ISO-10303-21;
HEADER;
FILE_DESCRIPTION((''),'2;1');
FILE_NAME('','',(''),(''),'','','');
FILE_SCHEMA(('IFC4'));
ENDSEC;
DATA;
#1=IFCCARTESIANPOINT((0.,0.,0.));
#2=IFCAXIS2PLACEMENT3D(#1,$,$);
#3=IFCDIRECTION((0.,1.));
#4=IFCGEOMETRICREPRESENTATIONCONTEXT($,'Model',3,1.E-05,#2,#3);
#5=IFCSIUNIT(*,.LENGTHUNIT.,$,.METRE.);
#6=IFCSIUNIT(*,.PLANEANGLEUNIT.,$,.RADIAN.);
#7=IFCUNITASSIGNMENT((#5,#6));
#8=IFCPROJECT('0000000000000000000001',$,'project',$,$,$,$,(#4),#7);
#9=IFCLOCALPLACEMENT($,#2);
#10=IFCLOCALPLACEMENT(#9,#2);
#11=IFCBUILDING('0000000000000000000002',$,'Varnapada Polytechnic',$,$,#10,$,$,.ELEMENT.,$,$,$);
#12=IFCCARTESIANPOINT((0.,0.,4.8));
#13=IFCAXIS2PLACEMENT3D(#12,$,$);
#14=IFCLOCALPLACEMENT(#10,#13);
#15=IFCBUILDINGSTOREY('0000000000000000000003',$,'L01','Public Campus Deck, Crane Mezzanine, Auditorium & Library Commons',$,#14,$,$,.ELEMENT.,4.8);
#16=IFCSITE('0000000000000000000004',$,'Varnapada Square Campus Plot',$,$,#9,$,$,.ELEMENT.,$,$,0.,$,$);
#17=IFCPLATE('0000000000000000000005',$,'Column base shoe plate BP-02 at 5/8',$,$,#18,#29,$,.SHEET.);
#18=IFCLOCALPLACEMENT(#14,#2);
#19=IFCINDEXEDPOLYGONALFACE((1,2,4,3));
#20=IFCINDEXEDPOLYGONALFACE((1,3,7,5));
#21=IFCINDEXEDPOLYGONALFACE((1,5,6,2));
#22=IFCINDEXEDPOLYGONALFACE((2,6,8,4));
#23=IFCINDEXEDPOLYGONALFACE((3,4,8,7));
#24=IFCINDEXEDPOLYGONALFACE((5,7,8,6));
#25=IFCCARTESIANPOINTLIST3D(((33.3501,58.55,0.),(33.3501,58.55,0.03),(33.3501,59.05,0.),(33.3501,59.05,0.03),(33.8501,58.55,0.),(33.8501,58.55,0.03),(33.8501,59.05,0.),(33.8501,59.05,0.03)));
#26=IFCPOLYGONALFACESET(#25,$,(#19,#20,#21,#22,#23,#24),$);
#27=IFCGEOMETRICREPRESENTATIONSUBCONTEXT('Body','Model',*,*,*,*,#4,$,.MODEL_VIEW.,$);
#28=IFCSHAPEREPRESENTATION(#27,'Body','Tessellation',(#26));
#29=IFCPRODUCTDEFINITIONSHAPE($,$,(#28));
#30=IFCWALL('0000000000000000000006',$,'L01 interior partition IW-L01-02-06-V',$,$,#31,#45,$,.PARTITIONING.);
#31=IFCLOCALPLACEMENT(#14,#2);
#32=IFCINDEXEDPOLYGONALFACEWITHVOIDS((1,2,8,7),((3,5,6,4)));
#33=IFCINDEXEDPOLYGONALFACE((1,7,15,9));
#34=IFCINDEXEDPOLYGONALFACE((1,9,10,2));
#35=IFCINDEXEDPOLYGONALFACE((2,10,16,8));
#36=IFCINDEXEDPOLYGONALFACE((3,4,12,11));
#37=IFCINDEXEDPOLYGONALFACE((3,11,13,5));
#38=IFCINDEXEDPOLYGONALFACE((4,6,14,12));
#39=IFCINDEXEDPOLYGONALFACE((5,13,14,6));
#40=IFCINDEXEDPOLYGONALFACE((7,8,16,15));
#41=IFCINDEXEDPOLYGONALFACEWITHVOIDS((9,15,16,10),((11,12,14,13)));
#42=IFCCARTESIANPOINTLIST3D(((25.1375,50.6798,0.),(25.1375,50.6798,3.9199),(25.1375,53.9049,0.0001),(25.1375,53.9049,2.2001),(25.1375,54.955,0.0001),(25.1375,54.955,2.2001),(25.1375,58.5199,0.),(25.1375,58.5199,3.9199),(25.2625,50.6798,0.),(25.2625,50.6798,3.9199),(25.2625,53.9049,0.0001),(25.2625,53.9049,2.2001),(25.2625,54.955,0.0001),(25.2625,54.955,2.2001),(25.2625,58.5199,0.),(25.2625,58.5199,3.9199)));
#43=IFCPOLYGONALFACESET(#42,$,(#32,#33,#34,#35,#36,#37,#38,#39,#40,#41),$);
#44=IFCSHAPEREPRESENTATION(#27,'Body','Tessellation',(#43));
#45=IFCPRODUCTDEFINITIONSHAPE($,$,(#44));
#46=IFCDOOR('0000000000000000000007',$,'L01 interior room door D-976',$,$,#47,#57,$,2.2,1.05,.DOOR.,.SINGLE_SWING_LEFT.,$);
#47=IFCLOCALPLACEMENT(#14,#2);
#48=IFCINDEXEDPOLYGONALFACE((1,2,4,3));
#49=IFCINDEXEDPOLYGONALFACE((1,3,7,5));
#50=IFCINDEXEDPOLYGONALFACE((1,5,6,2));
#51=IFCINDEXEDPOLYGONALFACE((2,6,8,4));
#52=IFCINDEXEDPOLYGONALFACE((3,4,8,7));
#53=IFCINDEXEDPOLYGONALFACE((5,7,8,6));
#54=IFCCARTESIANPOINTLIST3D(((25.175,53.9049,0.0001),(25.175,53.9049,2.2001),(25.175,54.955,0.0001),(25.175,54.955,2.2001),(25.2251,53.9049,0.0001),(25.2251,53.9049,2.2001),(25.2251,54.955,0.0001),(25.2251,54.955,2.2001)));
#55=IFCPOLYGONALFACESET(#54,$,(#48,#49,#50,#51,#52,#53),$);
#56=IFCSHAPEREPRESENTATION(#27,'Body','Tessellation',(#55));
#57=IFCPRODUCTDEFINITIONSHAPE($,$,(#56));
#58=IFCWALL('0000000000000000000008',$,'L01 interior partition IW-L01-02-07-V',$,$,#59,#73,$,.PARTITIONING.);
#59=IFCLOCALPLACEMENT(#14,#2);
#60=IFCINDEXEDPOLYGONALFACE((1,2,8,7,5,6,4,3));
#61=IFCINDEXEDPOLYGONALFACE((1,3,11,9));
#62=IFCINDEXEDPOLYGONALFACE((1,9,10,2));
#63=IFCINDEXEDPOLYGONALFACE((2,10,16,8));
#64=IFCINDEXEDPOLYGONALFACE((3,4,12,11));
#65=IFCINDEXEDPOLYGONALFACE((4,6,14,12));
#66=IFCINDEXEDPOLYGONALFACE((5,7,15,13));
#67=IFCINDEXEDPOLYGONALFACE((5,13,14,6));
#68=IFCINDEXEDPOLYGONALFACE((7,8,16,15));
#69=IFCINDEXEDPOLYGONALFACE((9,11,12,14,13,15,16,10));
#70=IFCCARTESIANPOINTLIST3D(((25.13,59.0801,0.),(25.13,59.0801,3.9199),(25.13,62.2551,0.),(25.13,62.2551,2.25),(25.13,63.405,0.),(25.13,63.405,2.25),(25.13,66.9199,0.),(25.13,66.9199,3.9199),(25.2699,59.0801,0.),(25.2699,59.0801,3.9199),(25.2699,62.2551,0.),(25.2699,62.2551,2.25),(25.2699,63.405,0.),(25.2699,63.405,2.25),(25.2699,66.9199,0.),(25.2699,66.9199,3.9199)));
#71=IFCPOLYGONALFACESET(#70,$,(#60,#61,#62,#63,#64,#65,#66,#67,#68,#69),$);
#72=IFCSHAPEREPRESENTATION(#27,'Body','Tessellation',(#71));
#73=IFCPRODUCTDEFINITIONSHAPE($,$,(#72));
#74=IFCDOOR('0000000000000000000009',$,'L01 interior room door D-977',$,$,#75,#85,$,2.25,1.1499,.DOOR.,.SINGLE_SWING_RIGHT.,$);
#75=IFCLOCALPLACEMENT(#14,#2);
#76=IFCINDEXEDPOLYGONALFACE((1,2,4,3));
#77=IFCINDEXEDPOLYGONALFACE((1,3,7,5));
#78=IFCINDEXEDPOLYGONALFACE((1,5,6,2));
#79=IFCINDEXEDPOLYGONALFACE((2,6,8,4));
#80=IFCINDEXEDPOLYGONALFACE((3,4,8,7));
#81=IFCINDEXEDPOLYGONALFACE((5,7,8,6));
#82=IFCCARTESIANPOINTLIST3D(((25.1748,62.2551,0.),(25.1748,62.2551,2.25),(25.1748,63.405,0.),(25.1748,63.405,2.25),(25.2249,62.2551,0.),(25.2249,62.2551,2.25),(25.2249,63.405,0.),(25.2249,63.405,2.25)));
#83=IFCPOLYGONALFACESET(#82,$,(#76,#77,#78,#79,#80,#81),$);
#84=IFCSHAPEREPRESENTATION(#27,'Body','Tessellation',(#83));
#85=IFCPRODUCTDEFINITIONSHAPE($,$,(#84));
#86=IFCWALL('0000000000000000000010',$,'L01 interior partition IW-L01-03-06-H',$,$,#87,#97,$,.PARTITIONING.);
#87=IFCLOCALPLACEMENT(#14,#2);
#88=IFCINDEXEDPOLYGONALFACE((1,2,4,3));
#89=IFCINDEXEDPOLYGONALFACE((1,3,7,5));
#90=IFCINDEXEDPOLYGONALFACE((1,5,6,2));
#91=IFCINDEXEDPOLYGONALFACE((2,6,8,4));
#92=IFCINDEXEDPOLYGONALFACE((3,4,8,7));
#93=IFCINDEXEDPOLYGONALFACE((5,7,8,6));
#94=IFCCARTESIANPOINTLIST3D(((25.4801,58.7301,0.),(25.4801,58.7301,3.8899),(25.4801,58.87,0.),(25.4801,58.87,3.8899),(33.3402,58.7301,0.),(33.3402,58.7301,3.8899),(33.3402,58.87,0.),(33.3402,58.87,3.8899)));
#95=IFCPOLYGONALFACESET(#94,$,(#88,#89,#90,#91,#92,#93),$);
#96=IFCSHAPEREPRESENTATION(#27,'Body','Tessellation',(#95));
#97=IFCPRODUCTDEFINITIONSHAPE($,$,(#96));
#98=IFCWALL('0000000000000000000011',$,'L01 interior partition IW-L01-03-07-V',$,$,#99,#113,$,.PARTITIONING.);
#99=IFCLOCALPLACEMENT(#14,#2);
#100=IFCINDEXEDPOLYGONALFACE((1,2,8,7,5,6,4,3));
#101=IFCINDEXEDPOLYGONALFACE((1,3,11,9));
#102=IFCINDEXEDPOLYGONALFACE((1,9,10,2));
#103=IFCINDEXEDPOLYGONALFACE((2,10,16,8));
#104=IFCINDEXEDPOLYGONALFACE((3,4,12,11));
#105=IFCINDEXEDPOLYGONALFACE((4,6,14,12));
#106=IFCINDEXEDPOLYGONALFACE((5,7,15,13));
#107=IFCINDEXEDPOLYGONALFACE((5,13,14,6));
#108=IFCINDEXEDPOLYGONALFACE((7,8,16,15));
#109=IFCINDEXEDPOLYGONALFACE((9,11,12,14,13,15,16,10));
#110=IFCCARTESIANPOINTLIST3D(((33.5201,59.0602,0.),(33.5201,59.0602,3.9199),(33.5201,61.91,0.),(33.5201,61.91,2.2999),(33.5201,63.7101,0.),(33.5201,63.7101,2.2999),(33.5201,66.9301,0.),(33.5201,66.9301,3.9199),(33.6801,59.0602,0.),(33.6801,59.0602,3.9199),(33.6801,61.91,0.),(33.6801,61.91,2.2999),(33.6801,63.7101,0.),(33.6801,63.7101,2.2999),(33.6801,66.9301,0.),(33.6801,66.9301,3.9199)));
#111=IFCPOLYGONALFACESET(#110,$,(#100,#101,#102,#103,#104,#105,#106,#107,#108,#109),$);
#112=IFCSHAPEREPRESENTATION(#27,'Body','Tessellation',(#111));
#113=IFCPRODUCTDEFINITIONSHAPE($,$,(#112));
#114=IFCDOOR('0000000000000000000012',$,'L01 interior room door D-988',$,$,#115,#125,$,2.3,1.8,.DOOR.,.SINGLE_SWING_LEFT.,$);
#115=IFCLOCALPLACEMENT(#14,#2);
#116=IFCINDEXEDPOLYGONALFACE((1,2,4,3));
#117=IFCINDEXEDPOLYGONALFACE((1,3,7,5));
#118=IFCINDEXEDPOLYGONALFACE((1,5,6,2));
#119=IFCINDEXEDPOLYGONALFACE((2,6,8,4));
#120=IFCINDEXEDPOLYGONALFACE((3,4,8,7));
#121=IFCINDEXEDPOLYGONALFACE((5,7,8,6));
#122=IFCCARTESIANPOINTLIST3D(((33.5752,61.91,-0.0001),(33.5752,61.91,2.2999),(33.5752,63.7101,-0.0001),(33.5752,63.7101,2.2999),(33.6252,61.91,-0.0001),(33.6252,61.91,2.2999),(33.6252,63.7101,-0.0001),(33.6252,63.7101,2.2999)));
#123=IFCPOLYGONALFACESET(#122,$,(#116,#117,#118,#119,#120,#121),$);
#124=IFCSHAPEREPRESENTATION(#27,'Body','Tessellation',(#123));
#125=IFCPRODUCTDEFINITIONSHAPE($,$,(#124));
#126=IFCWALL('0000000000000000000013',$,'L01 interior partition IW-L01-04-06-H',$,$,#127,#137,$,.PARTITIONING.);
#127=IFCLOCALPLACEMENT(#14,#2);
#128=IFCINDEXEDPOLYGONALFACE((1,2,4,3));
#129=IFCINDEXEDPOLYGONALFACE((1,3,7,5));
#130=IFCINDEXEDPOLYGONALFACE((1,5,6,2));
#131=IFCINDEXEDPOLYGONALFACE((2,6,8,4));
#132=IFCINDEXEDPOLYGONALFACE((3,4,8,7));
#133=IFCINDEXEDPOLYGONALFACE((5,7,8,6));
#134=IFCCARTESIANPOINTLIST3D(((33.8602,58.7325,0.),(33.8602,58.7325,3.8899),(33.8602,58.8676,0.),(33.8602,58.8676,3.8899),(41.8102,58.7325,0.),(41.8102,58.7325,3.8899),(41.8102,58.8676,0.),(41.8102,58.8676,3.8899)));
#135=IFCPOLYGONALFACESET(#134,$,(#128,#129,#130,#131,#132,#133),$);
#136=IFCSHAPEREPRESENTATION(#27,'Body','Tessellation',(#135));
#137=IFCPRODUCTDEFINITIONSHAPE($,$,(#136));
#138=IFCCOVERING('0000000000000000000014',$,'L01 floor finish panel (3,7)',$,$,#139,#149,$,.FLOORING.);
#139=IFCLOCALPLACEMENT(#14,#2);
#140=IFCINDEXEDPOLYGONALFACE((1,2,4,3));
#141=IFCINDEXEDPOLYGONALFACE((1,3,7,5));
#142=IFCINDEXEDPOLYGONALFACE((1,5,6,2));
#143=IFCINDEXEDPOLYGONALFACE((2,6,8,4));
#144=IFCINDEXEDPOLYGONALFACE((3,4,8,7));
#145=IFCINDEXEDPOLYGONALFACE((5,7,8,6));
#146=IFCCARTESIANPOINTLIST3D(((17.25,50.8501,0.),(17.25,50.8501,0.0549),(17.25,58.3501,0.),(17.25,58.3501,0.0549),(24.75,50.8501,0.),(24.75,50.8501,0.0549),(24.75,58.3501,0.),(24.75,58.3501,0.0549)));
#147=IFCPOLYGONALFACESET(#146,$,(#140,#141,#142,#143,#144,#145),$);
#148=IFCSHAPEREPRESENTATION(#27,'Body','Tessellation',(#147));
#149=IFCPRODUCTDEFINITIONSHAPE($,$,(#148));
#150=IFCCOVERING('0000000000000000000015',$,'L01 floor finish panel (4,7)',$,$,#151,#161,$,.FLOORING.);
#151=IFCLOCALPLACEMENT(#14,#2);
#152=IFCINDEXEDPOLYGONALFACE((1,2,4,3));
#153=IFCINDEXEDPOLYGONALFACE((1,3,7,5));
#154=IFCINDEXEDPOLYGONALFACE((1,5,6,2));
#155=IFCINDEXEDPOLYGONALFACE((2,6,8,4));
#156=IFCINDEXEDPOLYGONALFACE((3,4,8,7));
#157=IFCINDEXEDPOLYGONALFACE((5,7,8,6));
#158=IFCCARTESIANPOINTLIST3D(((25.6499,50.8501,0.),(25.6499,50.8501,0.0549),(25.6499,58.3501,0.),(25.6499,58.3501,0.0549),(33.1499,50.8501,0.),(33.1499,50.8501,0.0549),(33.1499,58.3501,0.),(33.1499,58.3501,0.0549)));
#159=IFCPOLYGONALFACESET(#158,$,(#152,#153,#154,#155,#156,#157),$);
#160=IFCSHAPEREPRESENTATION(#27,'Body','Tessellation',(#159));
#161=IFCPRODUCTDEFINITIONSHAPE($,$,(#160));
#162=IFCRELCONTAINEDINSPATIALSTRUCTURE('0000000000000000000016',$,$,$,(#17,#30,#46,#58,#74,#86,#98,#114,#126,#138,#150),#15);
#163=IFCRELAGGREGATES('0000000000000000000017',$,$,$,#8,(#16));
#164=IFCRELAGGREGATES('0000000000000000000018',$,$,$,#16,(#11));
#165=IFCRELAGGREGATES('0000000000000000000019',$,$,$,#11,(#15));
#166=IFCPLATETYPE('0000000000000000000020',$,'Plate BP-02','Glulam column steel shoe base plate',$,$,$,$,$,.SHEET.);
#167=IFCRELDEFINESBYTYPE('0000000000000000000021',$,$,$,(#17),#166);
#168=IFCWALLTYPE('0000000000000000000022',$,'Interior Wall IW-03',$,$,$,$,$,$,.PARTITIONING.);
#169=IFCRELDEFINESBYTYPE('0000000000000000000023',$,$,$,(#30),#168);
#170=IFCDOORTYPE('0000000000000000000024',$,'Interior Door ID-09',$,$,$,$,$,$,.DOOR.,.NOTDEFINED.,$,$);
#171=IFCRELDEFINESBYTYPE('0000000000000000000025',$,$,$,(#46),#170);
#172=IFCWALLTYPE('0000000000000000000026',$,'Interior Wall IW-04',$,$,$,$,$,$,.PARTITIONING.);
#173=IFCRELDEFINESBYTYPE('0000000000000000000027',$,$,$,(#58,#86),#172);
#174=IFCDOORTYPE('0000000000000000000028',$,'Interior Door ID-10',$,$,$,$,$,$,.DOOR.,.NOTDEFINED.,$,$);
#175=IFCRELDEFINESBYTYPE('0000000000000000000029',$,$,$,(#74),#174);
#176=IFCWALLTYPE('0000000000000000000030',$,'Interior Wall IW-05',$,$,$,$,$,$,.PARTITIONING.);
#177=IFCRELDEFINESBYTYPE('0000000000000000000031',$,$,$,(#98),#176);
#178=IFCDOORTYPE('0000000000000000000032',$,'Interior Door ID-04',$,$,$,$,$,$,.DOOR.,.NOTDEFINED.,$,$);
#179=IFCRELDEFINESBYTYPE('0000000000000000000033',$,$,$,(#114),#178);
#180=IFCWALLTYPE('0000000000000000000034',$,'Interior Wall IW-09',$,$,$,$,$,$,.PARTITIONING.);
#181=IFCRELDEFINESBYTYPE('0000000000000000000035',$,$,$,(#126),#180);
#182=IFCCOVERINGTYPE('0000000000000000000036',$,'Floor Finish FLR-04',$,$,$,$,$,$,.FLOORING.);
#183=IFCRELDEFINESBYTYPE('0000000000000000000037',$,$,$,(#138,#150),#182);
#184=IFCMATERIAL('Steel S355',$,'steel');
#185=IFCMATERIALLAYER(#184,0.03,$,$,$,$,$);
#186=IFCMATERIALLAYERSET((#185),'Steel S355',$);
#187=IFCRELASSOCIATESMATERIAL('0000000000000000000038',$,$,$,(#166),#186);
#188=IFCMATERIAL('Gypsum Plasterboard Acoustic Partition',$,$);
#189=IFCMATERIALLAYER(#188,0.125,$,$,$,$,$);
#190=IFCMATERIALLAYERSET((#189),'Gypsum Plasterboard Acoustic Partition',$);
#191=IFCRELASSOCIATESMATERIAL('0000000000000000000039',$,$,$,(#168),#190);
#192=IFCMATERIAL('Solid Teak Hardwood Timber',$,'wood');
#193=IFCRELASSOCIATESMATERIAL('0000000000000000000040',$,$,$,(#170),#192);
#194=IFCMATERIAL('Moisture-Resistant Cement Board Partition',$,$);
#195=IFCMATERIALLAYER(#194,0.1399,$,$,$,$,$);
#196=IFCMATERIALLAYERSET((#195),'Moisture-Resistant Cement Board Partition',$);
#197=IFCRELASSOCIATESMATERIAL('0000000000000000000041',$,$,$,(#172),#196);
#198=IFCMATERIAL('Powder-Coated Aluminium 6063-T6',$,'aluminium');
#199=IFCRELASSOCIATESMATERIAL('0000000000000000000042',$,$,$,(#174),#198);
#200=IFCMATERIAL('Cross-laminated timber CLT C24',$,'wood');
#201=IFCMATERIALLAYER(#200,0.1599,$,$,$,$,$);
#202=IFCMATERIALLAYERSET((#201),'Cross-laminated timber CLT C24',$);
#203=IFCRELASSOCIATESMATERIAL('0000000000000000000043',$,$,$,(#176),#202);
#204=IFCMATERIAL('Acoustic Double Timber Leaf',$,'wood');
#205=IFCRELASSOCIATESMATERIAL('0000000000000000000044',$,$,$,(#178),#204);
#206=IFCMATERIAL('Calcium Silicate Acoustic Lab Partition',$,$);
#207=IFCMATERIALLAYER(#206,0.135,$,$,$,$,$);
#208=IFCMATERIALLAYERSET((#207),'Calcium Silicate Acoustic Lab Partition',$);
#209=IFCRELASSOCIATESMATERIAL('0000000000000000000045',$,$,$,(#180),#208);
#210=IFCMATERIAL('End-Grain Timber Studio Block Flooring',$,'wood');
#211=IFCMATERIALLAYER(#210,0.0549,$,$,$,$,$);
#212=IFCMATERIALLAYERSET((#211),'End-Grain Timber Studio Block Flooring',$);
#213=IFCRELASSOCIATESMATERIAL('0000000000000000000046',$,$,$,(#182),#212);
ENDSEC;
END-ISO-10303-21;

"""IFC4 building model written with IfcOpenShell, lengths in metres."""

from ifc_helpers import new_model, si_unit, direction, frame, frame_2d, origin, origin_2d, place, context, subcontext, project, spatial, rectangle, extrude, material, layer, layer_set, type_object, element, fill, save


model = new_model("IFC4")

# Units and contexts
model_context = context("Model", 3, precision=1e-05, world=origin(), true_north=direction((0.0, 1.0)))
body_context = subcontext(model_context, "Body", "Model", "MODEL_VIEW")
ifc_project = project(units=[si_unit("LENGTHUNIT", "METRE"), si_unit("PLANEANGLEUNIT", "RADIAN")], contexts=[model_context])

# Site, building, storey
site_placement = place(None, origin())
site = spatial("IfcSite", under=ifc_project, at=site_placement, Name="Varnapada Square Campus Plot", CompositionType="ELEMENT", RefElevation=0.0)
building_placement = place(site_placement, origin())
building = spatial("IfcBuilding", under=site, at=building_placement, Name="Varnapada Polytechnic", CompositionType="ELEMENT")
storey_placement = place(building_placement, frame((0.0, 0.0, 4.8)))
storey = spatial("IfcBuildingStorey", under=building, at=storey_placement, Name="L01", Description="Public Campus Deck, Crane Mezzanine, Auditorium & Library Commons", CompositionType="ELEMENT", Elevation=4.8)

# Plate
ifc_material_1 = material(Name="Steel S355", Category="steel")
ifc_layer_1 = layer(ifc_material_1, 0.03)
ifc_layer_set_1 = layer_set([ifc_layer_1], Name="Steel S355")
plate_type = type_object("IfcPlateType", Name="Plate BP-02", Description="Glulam column steel shoe base plate", PredefinedType="SHEET", material=ifc_layer_set_1)
for number, where, z_axis, x_axis, name in (
    (1, (33.6001, 58.8, 0.0), (0.0, 0.0, 1.0), (1.0, 0.0, 0.0), "Column base shoe plate BP-02 at 5/8"),
):
    element("IfcPlate", number, at=place(storey_placement, frame(where, z_axis=z_axis, x_axis=x_axis)), inside=storey, type_object=plate_type, Name=name, PredefinedType="SHEET", context=body_context, shape_type="SweptSolid", body=[
        extrude(rectangle(XDim=0.5, YDim=0.5, at=origin_2d()), origin(), (0.0, 0.0, 1.0), 0.03),
    ])

# Walls, openings, doors
ifc_material_2 = material(Name="Gypsum Plasterboard Acoustic Partition")
ifc_layer_2 = layer(ifc_material_2, 0.125)
ifc_layer_set_2 = layer_set([ifc_layer_2], Name="Gypsum Plasterboard Acoustic Partition")
wall_type_1 = type_object("IfcWallType", Name="Interior Wall IW-03", PredefinedType="PARTITIONING", material=ifc_layer_set_2)
wall_1_placement = place(storey_placement, frame((25.2, 50.6799, 0.0), z_axis=(0.0, 0.0, 1.0), x_axis=(0.0, 1.0, 0.0)))
wall_1 = element("IfcWall", 2, at=wall_1_placement, inside=storey, type_object=wall_type_1, Name="L01 interior partition IW-L01-02-06-V", PredefinedType="PARTITIONING", context=body_context, shape_type="SweptSolid", body=[
    extrude(rectangle(XDim=7.8401, YDim=0.125, at=frame_2d((3.9199, 0.0))), origin(), (0.0, 0.0, 1.0), 3.9199),
])
opening_1_placement = place(wall_1_placement, frame((3.2251, 0.0, 0.0)))
opening_1 = element("IfcOpeningElement", 3, at=opening_1_placement, cuts=wall_1, PredefinedType="OPENING", context=body_context, shape_type="SweptSolid", body=[
    extrude(rectangle(XDim=1.05, YDim=2.2, at=frame_2d((0.5249, 1.1001))), frame((0.0, 0.0725, 0.0), z_axis=(0.0, -1.0, 0.0), x_axis=(1.0, 0.0, 0.0)), (0.0, 0.0, 1.0), 0.145),
])
ifc_material_3 = material(Name="Solid Teak Hardwood Timber", Category="wood")
door_type_1 = type_object("IfcDoorType", Name="Interior Door ID-09", OperationType="NOTDEFINED", PredefinedType="DOOR", material=ifc_material_3)
door_1_placement = place(opening_1_placement, origin())
door_1 = element("IfcDoor", 4, at=door_1_placement, inside=storey, type_object=door_type_1, Name="L01 interior room door D-976", OperationType="SINGLE_SWING_LEFT", OverallHeight=2.2, OverallWidth=1.05, PredefinedType="DOOR", context=body_context, shape_type="SweptSolid", body=[
    extrude(rectangle(XDim=1.05, YDim=2.2, at=frame_2d((0.5249, 1.1001))), frame((0.0, 0.0249, 0.0), z_axis=(0.0, -1.0, 0.0), x_axis=(1.0, 0.0, 0.0)), (0.0, 0.0, 1.0), 0.05),
])
fill(opening_1, door_1)
ifc_material_4 = material(Name="Moisture-Resistant Cement Board Partition")
ifc_layer_3 = layer(ifc_material_4, 0.1399)
ifc_layer_set_3 = layer_set([ifc_layer_3], Name="Moisture-Resistant Cement Board Partition")
wall_type_2 = type_object("IfcWallType", Name="Interior Wall IW-04", PredefinedType="PARTITIONING", material=ifc_layer_set_3)
wall_2_placement = place(storey_placement, frame((25.2, 59.0801, 0.0), z_axis=(0.0, 0.0, 1.0), x_axis=(0.0, 1.0, 0.0)))
wall_2 = element("IfcWall", 5, at=wall_2_placement, inside=storey, type_object=wall_type_2, Name="L01 interior partition IW-L01-02-07-V", PredefinedType="PARTITIONING", context=body_context, shape_type="SweptSolid", body=[
    extrude(rectangle(XDim=7.8398, YDim=0.1399, at=frame_2d((3.9199, 0.0))), origin(), (0.0, 0.0, 1.0), 3.9199),
])
opening_2_placement = place(wall_2_placement, frame((3.175, 0.0, 0.0)))
opening_2 = element("IfcOpeningElement", 6, at=opening_2_placement, cuts=wall_2, PredefinedType="OPENING", context=body_context, shape_type="SweptSolid", body=[
    extrude(rectangle(XDim=1.1499, YDim=2.25, at=frame_2d((0.575, 1.125))), frame((0.0, 0.0798, 0.0), z_axis=(0.0, -1.0, 0.0), x_axis=(1.0, 0.0, 0.0)), (0.0, 0.0, 1.0), 0.1599),
])
ifc_material_5 = material(Name="Powder-Coated Aluminium 6063-T6", Category="aluminium")
door_type_2 = type_object("IfcDoorType", Name="Interior Door ID-10", OperationType="NOTDEFINED", PredefinedType="DOOR", material=ifc_material_5)
door_2_placement = place(opening_2_placement, frame((1.1499, 0.0, 0.0), z_axis=(0.0, 0.0, 1.0), x_axis=(-1.0, 0.0, 0.0)))
door_2 = element("IfcDoor", 7, at=door_2_placement, inside=storey, type_object=door_type_2, Name="L01 interior room door D-977", OperationType="SINGLE_SWING_RIGHT", OverallHeight=2.25, OverallWidth=1.1499, PredefinedType="DOOR", context=body_context, shape_type="SweptSolid", body=[
    extrude(rectangle(XDim=1.1499, YDim=2.25, at=frame_2d((0.575, 1.125))), frame((0.0, 0.0249, 0.0), z_axis=(0.0, -1.0, 0.0), x_axis=(1.0, 0.0, 0.0)), (0.0, 0.0, 1.0), 0.05),
])
fill(opening_2, door_2)

# Wall
wall_3_placement = place(storey_placement, frame((25.48, 58.8, 0.0), z_axis=(0.0, 0.0, 1.0), x_axis=(1.0, 0.0, 0.0)))
element("IfcWall", 8, at=wall_3_placement, inside=storey, type_object=wall_type_2, Name="L01 interior partition IW-L01-03-06-H", PredefinedType="PARTITIONING", context=body_context, shape_type="SweptSolid", body=[
    extrude(rectangle(XDim=7.8601, YDim=0.1399, at=frame_2d((3.9302, 0.0))), origin(), (0.0, 0.0, 1.0), 3.8899),
])

# Wall, opening, door
ifc_material_6 = material(Name="Cross-laminated timber CLT C24", Category="wood")
ifc_layer_4 = layer(ifc_material_6, 0.1599)
ifc_layer_set_4 = layer_set([ifc_layer_4], Name="Cross-laminated timber CLT C24")
wall_type_3 = type_object("IfcWallType", Name="Interior Wall IW-05", PredefinedType="PARTITIONING", material=ifc_layer_set_4)
wall_4_placement = place(storey_placement, frame((33.6001, 59.0601, 0.0), z_axis=(0.0, 0.0, 1.0), x_axis=(0.0, 1.0, 0.0)))
wall_4 = element("IfcWall", 9, at=wall_4_placement, inside=storey, type_object=wall_type_3, Name="L01 interior partition IW-L01-03-07-V", PredefinedType="PARTITIONING", context=body_context, shape_type="SweptSolid", body=[
    extrude(rectangle(XDim=7.8699, YDim=0.1599, at=frame_2d((3.9351, 0.0))), origin(), (0.0, 0.0, 1.0), 3.9199),
])
opening_3_placement = place(wall_4_placement, frame((2.8501, 0.0, 0.0)))
opening_3 = element("IfcOpeningElement", 10, at=opening_3_placement, cuts=wall_4, PredefinedType="OPENING", context=body_context, shape_type="SweptSolid", body=[
    extrude(rectangle(XDim=1.8, YDim=2.3, at=frame_2d((0.8999, 1.1499))), frame((0.0, 0.0898, 0.0), z_axis=(0.0, -1.0, 0.0), x_axis=(1.0, 0.0, 0.0)), (0.0, 0.0, 1.0), 0.1799),
])
ifc_material_7 = material(Name="Acoustic Double Timber Leaf", Category="wood")
door_type_3 = type_object("IfcDoorType", Name="Interior Door ID-04", OperationType="NOTDEFINED", PredefinedType="DOOR", material=ifc_material_7)
door_3_placement = place(opening_3_placement, origin())
door_3 = element("IfcDoor", 11, at=door_3_placement, inside=storey, type_object=door_type_3, Name="L01 interior room door D-988", OperationType="SINGLE_SWING_LEFT", OverallHeight=2.3, OverallWidth=1.8, PredefinedType="DOOR", context=body_context, shape_type="SweptSolid", body=[
    extrude(rectangle(XDim=1.8, YDim=2.3, at=frame_2d((0.8999, 1.1499))), frame((0.0, 0.0249, 0.0), z_axis=(0.0, -1.0, 0.0), x_axis=(1.0, 0.0, 0.0)), (0.0, 0.0, 1.0), 0.05),
])
fill(opening_3, door_3)

# Wall
ifc_material_8 = material(Name="Calcium Silicate Acoustic Lab Partition")
ifc_layer_5 = layer(ifc_material_8, 0.135)
ifc_layer_set_5 = layer_set([ifc_layer_5], Name="Calcium Silicate Acoustic Lab Partition")
wall_type_4 = type_object("IfcWallType", Name="Interior Wall IW-09", PredefinedType="PARTITIONING", material=ifc_layer_set_5)
wall_5_placement = place(storey_placement, frame((33.8601, 58.8, 0.0), z_axis=(0.0, 0.0, 1.0), x_axis=(1.0, 0.0, 0.0)))
element("IfcWall", 12, at=wall_5_placement, inside=storey, type_object=wall_type_4, Name="L01 interior partition IW-L01-04-06-H", PredefinedType="PARTITIONING", context=body_context, shape_type="SweptSolid", body=[
    extrude(rectangle(XDim=7.95, YDim=0.135, at=frame_2d((3.9751, 0.0))), origin(), (0.0, 0.0, 1.0), 3.8899),
])

# Coverings
ifc_material_9 = material(Name="End-Grain Timber Studio Block Flooring", Category="wood")
ifc_layer_6 = layer(ifc_material_9, 0.0549)
ifc_layer_set_6 = layer_set([ifc_layer_6], Name="End-Grain Timber Studio Block Flooring")
covering_type_1 = type_object("IfcCoveringType", Name="Floor Finish FLR-04", PredefinedType="FLOORING", material=ifc_layer_set_6)
for number, where, z_axis, x_axis, name in (
    (13, (21.0, 54.6001, 0.0), (0.0, 0.0, 1.0), (1.0, 0.0, 0.0), "L01 floor finish panel (3,7)"),
    (14, (29.3999, 54.6001, 0.0), (0.0, 0.0, 1.0), (1.0, 0.0, 0.0), "L01 floor finish panel (4,7)"),
):
    element("IfcCovering", number, at=place(storey_placement, frame(where, z_axis=z_axis, x_axis=x_axis)), inside=storey, type_object=covering_type_1, Name=name, PredefinedType="FLOORING", context=body_context, shape_type="SweptSolid", body=[
        extrude(rectangle(XDim=7.5, YDim=7.5, at=origin_2d()), origin(), (0.0, 0.0, 1.0), 0.0549),
    ])

save(model, "model.ifc")
